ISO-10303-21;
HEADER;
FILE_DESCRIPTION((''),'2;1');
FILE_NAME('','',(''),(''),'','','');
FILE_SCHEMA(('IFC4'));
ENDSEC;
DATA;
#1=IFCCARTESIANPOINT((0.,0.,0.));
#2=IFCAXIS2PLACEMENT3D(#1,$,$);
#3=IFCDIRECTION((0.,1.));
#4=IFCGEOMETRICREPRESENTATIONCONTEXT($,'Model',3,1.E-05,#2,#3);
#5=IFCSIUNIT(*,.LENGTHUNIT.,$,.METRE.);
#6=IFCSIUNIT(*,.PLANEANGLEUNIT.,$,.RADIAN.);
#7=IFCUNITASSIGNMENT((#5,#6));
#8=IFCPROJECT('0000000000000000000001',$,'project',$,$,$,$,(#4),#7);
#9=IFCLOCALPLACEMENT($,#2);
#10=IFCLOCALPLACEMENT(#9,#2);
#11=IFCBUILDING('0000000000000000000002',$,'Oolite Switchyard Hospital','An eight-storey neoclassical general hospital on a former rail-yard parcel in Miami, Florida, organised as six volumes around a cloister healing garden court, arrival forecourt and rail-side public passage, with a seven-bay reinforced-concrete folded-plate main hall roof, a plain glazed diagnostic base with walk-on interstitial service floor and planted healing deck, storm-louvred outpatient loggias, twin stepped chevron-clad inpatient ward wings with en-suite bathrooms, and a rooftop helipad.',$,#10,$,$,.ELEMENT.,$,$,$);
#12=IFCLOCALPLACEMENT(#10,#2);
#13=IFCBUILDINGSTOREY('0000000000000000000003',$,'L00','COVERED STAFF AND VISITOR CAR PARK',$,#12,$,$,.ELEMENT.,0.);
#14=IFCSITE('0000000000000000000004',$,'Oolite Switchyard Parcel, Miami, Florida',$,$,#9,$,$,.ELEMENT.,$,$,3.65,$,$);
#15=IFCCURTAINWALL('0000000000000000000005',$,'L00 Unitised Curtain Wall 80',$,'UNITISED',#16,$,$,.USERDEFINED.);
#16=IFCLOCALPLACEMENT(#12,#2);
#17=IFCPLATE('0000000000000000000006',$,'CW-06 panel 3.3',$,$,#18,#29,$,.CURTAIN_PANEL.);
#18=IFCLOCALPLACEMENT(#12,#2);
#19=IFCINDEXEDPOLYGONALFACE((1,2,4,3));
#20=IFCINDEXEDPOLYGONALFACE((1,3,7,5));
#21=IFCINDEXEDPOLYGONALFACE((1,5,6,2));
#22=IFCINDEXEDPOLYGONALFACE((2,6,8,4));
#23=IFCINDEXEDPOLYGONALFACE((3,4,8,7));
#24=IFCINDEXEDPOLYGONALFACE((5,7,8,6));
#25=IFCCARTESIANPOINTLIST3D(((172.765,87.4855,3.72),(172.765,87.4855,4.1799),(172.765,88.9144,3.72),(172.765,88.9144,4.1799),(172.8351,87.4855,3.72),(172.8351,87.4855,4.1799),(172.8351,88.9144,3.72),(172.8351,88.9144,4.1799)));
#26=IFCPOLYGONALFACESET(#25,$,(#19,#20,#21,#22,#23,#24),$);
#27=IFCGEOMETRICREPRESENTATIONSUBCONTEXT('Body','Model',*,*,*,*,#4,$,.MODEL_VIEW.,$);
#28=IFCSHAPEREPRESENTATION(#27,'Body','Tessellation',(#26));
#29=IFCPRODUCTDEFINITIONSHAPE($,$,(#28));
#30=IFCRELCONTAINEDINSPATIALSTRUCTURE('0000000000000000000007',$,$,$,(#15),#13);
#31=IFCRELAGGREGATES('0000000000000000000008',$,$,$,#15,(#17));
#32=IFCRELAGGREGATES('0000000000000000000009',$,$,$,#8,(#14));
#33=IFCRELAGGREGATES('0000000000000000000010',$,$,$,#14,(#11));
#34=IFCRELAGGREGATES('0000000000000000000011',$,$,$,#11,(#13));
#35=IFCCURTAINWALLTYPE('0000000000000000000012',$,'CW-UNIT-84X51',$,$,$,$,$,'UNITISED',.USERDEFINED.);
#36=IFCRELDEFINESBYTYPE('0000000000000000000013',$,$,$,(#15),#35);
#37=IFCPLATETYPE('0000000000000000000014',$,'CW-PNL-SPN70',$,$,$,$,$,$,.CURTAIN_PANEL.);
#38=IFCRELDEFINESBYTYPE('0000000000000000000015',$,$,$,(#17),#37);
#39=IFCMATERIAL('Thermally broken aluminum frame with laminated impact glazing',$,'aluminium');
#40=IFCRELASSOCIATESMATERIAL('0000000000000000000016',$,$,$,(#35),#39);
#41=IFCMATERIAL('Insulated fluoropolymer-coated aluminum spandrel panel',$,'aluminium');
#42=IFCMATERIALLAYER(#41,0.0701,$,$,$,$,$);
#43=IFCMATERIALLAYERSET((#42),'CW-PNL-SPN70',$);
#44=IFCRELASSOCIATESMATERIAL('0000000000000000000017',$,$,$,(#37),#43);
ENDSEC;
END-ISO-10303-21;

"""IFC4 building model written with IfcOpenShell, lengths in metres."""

from ifc_helpers import new_model, si_unit, direction, frame, origin, origin_2d, place, context, subcontext, project, spatial, rectangle, extrude, material, layer, layer_set, type_object, element, aggregate, save


model = new_model("IFC4")

# Units and contexts
model_context = context("Model", 3, precision=1e-05, world=origin(), true_north=direction((0.0, 1.0)))
body_context = subcontext(model_context, "Body", "Model", "MODEL_VIEW")
ifc_project = project(units=[si_unit("LENGTHUNIT", "METRE"), si_unit("PLANEANGLEUNIT", "RADIAN")], contexts=[model_context])

# Site, building, storey
site_placement = place(None, origin())
site = spatial("IfcSite", under=ifc_project, at=site_placement, Name="Oolite Switchyard Parcel, Miami, Florida", CompositionType="ELEMENT", RefElevation=3.65)
building_placement = place(site_placement, origin())
building = spatial("IfcBuilding", under=site, at=building_placement, Name="Oolite Switchyard Hospital", Description="An eight-storey neoclassical general hospital on a former rail-yard parcel in Miami, Florida, organised as six volumes around a cloister healing garden court, arrival forecourt and rail-side public passage, with a seven-bay reinforced-concrete folded-plate main hall roof, a plain glazed diagnostic base with walk-on interstitial service floor and planted healing deck, storm-louvred outpatient loggias, twin stepped chevron-clad inpatient ward wings with en-suite bathrooms, and a rooftop helipad.", CompositionType="ELEMENT")
storey_placement = place(building_placement, origin())
storey = spatial("IfcBuildingStorey", under=building, at=storey_placement, Name="L00", Description="COVERED STAFF AND VISITOR CAR PARK", CompositionType="ELEMENT", Elevation=0.0)

# Shared definitions
ifc_material_1 = material(Name="Thermally broken aluminum frame with laminated impact glazing", Category="aluminium")
curtain_wall_type = type_object("IfcCurtainWallType", Name="CW-UNIT-84X51", ElementType="UNITISED", PredefinedType="USERDEFINED", material=ifc_material_1)

# Curtain wall
curtain_wall_1_placement = place(storey_placement, origin())
curtain_wall_1 = element("IfcCurtainWall", 1, at=curtain_wall_1_placement, inside=storey, type_object=curtain_wall_type, Name="L00 Unitised Curtain Wall 80", ObjectType="UNITISED", PredefinedType="USERDEFINED")

# Plate
ifc_material_2 = material(Name="Insulated fluoropolymer-coated aluminum spandrel panel", Category="aluminium")
ifc_layer_1 = layer(ifc_material_2, 0.0701)
ifc_layer_set_1 = layer_set([ifc_layer_1], Name="CW-PNL-SPN70")
plate_type_1 = type_object("IfcPlateType", Name="CW-PNL-SPN70", PredefinedType="CURTAIN_PANEL", material=ifc_layer_set_1)
plate_1_placement = place(storey_placement, frame((172.8, 88.2, 3.72), z_axis=(0.0, 0.0, 1.0), x_axis=(0.0, -1.0, 0.0)))
plate_1 = element("IfcPlate", 2, at=plate_1_placement, type_object=plate_type_1, Name="CW-06 panel 3.3", PredefinedType="CURTAIN_PANEL", context=body_context, shape_type="SweptSolid", body=[
    extrude(rectangle(XDim=1.429, YDim=0.0701, at=origin_2d()), origin(), (0.0, 0.0, 1.0), 0.46),
])
aggregate(curtain_wall_1, [plate_1])

save(model, "model.ifc")
